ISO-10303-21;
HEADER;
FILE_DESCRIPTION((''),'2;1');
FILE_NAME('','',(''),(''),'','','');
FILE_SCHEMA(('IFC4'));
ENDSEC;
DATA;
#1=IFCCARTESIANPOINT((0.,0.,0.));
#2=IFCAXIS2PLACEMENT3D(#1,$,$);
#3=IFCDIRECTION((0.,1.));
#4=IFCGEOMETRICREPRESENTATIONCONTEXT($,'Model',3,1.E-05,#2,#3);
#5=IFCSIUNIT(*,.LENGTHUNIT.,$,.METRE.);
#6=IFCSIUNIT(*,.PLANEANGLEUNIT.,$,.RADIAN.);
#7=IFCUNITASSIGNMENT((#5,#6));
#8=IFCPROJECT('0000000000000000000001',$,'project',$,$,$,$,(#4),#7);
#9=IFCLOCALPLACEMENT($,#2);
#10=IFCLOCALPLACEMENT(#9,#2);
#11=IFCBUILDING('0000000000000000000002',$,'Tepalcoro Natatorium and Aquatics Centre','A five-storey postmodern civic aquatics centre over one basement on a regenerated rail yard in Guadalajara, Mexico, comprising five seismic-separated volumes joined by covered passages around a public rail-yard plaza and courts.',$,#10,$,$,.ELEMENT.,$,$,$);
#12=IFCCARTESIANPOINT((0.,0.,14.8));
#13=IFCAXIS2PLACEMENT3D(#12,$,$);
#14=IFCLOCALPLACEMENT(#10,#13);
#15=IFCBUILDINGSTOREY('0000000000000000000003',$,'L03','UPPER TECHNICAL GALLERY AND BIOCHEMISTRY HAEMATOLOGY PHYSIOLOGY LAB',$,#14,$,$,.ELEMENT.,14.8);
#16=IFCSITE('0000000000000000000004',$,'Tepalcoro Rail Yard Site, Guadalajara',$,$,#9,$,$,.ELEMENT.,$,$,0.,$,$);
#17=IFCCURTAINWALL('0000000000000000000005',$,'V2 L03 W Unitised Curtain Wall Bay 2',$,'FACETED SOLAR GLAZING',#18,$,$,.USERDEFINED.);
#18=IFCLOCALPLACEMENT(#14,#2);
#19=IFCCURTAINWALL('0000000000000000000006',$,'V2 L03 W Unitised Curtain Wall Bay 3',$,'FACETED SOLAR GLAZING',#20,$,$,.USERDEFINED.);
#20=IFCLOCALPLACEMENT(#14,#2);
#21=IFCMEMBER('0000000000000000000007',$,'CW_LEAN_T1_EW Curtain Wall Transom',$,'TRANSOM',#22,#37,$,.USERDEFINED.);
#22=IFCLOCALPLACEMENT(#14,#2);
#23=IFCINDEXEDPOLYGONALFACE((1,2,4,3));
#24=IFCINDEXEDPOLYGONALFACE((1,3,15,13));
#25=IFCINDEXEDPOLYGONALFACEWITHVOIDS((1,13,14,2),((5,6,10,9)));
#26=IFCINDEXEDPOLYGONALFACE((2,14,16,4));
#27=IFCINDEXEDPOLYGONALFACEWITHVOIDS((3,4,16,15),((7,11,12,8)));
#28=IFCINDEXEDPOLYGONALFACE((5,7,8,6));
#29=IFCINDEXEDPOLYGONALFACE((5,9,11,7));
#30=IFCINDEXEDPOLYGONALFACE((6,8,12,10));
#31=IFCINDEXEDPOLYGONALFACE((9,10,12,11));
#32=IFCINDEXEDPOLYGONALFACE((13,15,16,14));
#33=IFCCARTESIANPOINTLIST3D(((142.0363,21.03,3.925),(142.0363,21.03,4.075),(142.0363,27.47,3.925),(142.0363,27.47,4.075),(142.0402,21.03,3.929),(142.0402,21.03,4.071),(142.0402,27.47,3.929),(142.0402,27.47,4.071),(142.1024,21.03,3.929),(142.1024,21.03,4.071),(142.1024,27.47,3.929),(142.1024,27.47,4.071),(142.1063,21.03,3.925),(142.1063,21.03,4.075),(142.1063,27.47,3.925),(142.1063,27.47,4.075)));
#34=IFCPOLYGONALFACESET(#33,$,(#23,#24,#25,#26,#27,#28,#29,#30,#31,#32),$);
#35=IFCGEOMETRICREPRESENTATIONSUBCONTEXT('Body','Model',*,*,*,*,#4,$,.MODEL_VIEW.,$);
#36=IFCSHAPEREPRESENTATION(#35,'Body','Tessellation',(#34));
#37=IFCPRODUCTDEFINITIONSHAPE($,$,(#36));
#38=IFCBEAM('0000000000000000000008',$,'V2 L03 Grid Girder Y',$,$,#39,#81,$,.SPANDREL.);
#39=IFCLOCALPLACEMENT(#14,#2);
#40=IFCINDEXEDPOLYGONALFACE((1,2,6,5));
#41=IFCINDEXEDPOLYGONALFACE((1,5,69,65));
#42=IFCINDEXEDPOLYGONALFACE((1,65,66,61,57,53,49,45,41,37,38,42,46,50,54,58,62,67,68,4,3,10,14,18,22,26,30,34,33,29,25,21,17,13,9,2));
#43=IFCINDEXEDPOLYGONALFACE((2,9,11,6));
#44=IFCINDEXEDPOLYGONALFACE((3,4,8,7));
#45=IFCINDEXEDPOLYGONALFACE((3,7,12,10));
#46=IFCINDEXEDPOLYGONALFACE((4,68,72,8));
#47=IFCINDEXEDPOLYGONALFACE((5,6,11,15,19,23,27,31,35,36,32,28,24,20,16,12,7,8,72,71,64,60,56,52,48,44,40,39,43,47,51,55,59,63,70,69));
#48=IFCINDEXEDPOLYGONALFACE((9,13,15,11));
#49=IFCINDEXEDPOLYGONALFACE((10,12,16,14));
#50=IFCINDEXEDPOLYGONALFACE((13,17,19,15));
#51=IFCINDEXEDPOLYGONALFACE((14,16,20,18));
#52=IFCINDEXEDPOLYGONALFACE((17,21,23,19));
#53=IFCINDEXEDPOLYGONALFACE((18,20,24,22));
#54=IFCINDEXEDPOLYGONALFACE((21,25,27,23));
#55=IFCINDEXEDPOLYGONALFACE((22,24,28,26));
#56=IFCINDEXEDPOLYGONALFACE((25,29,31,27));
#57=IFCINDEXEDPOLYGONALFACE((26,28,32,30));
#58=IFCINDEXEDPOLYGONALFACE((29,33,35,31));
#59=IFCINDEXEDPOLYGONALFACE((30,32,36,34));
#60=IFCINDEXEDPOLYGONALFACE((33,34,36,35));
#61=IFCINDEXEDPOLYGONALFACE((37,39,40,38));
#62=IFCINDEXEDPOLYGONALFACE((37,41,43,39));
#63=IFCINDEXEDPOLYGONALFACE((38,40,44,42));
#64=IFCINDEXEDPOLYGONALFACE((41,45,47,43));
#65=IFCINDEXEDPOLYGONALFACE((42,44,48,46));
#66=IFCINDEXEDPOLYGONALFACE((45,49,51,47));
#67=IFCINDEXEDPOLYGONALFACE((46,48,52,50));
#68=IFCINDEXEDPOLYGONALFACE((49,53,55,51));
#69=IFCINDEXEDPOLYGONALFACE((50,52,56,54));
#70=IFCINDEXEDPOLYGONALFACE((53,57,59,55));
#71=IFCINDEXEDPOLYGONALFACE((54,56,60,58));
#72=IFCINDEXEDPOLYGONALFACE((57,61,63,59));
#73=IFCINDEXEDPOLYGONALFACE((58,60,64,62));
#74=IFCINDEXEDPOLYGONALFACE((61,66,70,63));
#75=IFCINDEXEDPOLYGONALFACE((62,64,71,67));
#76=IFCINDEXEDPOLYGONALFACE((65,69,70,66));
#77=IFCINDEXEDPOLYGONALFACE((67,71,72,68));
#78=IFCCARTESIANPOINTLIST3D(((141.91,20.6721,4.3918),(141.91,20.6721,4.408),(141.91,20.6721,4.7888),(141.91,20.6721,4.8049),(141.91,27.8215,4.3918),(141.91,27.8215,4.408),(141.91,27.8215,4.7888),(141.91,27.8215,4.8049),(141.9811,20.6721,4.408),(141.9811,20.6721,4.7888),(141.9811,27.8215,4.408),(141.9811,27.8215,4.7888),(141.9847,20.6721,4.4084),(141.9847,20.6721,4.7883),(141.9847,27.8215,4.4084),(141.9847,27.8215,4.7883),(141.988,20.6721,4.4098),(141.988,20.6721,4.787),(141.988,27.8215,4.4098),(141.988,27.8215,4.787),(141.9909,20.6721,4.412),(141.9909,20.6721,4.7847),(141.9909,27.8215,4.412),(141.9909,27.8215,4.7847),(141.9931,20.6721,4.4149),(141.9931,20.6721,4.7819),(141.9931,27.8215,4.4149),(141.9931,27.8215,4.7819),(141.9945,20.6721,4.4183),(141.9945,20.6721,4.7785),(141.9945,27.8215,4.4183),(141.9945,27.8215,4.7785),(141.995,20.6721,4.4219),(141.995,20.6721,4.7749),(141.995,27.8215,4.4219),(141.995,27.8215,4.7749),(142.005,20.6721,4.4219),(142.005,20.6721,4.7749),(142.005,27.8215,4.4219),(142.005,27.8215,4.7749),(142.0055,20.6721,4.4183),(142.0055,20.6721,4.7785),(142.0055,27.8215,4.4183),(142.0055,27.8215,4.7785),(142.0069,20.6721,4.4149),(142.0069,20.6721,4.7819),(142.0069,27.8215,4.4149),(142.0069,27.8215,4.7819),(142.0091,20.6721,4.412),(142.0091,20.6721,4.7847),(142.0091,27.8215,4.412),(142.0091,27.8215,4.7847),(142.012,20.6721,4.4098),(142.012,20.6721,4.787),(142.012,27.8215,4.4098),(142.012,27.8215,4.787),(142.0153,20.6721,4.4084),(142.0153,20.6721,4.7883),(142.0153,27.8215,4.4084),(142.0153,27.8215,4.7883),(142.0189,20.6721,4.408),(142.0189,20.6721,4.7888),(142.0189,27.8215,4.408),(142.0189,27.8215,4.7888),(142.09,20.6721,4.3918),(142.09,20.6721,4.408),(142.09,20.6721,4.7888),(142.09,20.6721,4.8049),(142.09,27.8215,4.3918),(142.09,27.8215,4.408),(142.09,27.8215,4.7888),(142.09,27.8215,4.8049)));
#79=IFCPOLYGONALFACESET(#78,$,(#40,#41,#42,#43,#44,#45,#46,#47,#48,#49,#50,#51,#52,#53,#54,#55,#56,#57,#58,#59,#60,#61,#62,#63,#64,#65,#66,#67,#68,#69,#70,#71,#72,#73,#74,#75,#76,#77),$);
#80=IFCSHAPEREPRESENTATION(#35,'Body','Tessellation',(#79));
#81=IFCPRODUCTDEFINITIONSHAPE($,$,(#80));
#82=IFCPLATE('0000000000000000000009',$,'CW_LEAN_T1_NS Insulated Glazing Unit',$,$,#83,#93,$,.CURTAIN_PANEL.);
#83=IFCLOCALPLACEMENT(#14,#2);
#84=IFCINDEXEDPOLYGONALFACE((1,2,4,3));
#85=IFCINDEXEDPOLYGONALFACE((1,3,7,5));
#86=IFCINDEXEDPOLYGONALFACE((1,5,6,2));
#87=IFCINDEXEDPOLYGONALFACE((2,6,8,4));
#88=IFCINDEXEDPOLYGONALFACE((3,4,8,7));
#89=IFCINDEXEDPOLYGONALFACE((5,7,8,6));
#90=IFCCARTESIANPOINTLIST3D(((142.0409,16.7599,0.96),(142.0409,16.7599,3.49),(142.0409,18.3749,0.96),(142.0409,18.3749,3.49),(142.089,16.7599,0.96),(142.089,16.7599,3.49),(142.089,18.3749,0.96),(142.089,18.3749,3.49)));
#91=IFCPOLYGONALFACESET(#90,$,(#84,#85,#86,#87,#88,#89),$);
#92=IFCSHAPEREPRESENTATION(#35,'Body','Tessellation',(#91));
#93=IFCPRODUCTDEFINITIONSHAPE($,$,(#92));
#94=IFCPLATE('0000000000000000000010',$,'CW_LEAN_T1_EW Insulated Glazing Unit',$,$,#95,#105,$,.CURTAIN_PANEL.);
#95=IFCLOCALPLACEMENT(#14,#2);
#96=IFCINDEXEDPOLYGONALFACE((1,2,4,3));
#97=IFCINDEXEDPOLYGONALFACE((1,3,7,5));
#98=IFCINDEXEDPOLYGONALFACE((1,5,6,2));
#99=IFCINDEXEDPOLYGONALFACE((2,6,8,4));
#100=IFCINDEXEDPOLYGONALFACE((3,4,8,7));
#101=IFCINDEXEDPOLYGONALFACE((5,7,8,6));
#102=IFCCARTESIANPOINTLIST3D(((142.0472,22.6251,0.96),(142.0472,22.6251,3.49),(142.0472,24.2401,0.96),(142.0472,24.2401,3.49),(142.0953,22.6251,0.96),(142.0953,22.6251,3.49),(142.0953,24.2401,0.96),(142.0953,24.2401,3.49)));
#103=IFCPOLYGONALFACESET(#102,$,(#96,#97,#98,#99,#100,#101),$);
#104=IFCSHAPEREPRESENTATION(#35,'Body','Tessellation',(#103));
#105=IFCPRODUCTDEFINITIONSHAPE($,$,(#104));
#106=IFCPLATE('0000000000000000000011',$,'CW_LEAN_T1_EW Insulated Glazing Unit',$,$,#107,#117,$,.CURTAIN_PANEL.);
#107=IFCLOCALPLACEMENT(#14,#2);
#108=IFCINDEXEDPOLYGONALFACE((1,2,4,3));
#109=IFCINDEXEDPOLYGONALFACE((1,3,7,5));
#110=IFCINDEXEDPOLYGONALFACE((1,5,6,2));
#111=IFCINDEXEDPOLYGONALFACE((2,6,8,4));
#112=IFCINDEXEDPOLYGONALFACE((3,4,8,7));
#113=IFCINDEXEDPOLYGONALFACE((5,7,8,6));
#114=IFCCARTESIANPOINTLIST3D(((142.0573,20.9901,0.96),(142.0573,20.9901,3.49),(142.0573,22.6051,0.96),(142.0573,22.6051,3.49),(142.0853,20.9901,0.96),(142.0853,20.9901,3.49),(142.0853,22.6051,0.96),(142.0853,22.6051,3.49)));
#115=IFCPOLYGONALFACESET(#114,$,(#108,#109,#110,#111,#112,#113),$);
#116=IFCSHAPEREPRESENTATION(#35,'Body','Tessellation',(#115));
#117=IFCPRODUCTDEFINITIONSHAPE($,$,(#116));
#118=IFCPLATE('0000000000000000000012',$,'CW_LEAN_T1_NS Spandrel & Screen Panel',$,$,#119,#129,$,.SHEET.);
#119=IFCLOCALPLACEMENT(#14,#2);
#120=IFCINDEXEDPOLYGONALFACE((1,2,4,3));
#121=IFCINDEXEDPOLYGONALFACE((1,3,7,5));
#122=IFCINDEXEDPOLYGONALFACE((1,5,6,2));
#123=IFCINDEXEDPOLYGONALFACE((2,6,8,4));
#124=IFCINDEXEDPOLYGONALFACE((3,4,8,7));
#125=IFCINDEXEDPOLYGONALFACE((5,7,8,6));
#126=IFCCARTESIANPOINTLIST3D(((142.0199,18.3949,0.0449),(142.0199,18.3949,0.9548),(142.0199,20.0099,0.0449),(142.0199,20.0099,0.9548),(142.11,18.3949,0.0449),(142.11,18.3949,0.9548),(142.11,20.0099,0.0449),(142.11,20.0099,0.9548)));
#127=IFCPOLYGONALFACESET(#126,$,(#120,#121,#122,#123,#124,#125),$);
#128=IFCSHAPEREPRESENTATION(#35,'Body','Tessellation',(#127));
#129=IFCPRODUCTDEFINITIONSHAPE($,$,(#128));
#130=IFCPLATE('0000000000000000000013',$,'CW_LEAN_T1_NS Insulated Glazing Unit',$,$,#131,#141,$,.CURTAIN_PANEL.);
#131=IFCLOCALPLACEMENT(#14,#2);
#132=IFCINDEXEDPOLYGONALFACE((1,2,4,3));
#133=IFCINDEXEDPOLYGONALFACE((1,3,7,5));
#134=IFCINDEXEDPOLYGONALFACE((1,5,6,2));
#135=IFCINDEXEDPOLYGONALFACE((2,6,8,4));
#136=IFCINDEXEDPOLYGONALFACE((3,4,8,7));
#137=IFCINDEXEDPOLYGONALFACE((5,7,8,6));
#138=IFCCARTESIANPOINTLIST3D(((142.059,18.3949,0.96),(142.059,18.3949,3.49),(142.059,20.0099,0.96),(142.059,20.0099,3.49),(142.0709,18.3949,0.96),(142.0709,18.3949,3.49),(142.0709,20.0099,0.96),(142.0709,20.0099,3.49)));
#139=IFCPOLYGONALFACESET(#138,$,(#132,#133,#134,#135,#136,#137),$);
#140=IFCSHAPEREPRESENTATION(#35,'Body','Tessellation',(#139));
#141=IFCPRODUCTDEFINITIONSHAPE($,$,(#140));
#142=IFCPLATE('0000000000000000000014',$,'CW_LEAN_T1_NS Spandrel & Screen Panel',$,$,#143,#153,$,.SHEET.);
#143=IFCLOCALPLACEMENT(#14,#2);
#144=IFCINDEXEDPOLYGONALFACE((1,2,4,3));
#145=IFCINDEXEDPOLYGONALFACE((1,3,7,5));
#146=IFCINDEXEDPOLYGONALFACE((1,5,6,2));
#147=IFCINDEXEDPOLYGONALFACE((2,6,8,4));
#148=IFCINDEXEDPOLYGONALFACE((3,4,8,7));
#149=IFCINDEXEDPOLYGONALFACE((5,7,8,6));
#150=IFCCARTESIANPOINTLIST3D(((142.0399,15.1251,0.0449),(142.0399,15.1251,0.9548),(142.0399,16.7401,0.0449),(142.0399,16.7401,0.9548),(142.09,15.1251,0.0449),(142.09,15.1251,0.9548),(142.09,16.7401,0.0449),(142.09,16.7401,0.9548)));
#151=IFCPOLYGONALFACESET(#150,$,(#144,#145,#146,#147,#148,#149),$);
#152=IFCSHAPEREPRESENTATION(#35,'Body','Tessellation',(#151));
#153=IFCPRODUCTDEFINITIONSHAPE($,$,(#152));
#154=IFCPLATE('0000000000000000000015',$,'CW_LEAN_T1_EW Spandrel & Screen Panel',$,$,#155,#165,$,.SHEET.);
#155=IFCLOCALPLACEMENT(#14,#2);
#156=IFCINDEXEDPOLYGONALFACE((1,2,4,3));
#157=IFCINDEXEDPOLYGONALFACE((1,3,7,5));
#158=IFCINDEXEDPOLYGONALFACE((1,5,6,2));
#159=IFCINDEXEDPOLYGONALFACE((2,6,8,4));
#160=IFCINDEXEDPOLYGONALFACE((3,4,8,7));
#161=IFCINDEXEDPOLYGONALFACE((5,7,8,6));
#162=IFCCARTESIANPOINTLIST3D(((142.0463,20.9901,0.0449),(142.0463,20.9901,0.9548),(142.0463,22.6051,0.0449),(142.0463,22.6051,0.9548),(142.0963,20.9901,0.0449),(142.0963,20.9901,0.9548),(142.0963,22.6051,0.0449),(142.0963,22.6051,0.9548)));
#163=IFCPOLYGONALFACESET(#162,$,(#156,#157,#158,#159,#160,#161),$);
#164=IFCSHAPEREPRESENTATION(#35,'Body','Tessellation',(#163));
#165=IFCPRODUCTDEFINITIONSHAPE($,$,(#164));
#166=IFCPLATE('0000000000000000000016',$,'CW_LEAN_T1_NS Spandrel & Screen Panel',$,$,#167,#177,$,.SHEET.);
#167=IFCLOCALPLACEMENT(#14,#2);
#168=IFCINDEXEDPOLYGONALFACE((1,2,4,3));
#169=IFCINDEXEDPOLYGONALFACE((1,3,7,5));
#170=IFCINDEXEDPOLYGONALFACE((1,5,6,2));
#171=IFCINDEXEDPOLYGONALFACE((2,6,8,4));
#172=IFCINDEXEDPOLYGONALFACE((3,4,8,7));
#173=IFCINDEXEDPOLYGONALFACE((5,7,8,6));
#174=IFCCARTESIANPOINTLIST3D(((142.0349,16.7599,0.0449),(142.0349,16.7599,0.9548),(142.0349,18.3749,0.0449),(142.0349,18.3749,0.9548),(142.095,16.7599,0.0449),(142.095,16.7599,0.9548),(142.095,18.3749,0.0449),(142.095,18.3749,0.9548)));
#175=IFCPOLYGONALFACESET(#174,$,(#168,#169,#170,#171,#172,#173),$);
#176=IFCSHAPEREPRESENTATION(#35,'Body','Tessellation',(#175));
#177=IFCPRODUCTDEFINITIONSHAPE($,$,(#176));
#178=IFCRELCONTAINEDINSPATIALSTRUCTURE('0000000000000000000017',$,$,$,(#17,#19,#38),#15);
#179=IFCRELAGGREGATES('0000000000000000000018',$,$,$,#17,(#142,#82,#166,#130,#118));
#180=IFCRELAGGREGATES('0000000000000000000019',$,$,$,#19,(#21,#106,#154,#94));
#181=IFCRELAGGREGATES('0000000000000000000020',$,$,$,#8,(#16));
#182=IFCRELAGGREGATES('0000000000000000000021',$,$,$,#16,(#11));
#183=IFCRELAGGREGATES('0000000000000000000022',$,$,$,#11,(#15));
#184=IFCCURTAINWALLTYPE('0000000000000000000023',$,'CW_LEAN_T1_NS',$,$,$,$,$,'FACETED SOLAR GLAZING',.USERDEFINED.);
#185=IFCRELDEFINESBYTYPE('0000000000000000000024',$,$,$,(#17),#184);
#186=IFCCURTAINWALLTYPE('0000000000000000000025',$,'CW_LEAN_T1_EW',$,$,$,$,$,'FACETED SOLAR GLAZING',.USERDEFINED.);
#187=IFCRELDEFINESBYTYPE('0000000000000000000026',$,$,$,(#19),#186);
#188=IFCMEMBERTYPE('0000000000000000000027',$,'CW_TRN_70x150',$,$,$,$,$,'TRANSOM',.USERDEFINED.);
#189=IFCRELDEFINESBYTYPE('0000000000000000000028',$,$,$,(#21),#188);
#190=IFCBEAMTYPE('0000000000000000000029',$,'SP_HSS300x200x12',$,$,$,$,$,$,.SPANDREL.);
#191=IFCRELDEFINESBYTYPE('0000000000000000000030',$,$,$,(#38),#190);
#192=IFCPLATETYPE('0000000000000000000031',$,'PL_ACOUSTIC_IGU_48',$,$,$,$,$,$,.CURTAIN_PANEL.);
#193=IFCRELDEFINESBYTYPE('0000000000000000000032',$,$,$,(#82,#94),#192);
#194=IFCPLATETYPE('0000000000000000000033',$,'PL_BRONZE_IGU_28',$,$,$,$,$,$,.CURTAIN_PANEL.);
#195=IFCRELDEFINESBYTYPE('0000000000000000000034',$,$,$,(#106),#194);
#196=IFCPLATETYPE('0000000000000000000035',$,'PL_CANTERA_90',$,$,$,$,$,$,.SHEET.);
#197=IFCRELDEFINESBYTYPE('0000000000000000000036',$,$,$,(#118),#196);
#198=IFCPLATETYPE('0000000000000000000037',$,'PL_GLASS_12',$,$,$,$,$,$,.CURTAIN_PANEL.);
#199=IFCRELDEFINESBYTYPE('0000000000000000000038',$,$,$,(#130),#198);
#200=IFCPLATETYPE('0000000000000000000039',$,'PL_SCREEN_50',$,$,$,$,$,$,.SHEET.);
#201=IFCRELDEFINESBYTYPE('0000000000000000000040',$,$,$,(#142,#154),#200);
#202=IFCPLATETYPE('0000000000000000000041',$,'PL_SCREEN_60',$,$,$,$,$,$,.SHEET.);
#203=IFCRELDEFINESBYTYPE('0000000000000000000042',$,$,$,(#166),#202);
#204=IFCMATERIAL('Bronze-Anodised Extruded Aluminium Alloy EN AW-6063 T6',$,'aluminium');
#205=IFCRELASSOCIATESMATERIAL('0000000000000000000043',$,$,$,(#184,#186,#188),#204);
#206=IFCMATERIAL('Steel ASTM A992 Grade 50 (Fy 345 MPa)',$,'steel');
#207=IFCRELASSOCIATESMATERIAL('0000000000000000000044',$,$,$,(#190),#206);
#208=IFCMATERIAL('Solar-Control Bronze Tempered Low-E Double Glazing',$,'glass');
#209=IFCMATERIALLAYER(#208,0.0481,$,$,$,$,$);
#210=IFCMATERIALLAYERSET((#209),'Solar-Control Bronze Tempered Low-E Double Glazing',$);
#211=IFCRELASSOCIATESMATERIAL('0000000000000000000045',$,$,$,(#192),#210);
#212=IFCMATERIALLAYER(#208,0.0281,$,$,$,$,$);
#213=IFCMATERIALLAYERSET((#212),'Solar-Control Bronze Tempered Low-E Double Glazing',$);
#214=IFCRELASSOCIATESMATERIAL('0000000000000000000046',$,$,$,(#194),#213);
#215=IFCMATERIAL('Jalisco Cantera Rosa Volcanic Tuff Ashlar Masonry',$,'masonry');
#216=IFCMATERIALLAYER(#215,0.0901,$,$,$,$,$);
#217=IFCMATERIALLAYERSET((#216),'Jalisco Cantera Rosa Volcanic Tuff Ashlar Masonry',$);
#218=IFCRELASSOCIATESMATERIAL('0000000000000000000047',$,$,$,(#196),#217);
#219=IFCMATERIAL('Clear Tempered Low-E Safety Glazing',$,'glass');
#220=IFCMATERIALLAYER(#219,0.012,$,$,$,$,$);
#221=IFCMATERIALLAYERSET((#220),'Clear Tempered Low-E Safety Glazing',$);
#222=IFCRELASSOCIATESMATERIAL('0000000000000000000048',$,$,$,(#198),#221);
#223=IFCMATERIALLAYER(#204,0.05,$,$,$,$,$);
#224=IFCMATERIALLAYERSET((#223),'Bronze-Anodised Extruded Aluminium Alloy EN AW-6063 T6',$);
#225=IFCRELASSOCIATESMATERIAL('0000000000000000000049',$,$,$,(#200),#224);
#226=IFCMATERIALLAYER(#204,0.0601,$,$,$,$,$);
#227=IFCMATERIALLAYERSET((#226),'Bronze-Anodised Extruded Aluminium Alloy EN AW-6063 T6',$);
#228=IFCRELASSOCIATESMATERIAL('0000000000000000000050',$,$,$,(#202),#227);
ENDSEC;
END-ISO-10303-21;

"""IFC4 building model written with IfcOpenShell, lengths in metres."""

from ifc_helpers import new_model, si_unit, direction, frame, origin, origin_2d, place, context, subcontext, project, spatial, rectangle, hollow_rectangle, i_section, extrude, material, layer, layer_set, material_profile, profile_set, type_object, element, aggregate, save


model = new_model("IFC4")

# Units and contexts
model_context = context("Model", 3, precision=1e-05, world=origin(), true_north=direction((0.0, 1.0)))
body_context = subcontext(model_context, "Body", "Model", "MODEL_VIEW")
ifc_project = project(units=[si_unit("LENGTHUNIT", "METRE"), si_unit("PLANEANGLEUNIT", "RADIAN")], contexts=[model_context])

# Site, building, storey
site_placement = place(None, origin())
site = spatial("IfcSite", under=ifc_project, at=site_placement, Name="Tepalcoro Rail Yard Site, Guadalajara", CompositionType="ELEMENT", RefElevation=0.0)
building_placement = place(site_placement, origin())
building = spatial("IfcBuilding", under=site, at=building_placement, Name="Tepalcoro Natatorium and Aquatics Centre", Description="A five-storey postmodern civic aquatics centre over one basement on a regenerated rail yard in Guadalajara, Mexico, comprising five seismic-separated volumes joined by covered passages around a public rail-yard plaza and courts.", CompositionType="ELEMENT")
storey_placement = place(building_placement, frame((0.0, 0.0, 14.8)))
storey = spatial("IfcBuildingStorey", under=building, at=storey_placement, Name="L03", Description="UPPER TECHNICAL GALLERY AND BIOCHEMISTRY HAEMATOLOGY PHYSIOLOGY LAB", CompositionType="ELEMENT", Elevation=14.8)

# Shared definitions
ifc_material_1 = material(Name="Steel ASTM A992 Grade 50 (Fy 345 MPa)", Category="steel")

# Curtain walls, member
ifc_material_2 = material(Name="Bronze-Anodised Extruded Aluminium Alloy EN AW-6063 T6", Category="aluminium")
curtain_wall_type_1 = type_object("IfcCurtainWallType", Name="CW_LEAN_T1_NS", ElementType="FACETED SOLAR GLAZING", PredefinedType="USERDEFINED", material=ifc_material_2)
curtain_wall_1_placement = place(storey_placement, origin())
curtain_wall_1 = element("IfcCurtainWall", 1, at=curtain_wall_1_placement, inside=storey, type_object=curtain_wall_type_1, Name="V2 L03 W Unitised Curtain Wall Bay 2", ObjectType="FACETED SOLAR GLAZING", PredefinedType="USERDEFINED")
curtain_wall_type_2 = type_object("IfcCurtainWallType", Name="CW_LEAN_T1_EW", ElementType="FACETED SOLAR GLAZING", PredefinedType="USERDEFINED", material=ifc_material_2)
curtain_wall_2_placement = place(storey_placement, origin())
curtain_wall_2 = element("IfcCurtainWall", 2, at=curtain_wall_2_placement, inside=storey, type_object=curtain_wall_type_2, Name="V2 L03 W Unitised Curtain Wall Bay 3", ObjectType="FACETED SOLAR GLAZING", PredefinedType="USERDEFINED")
ifc_material_profile_1 = material_profile(ifc_material_2, hollow_rectangle(XDim=0.0701, YDim=0.1499, WallThickness=0.0039, at=origin_2d()), Name="AL70X150X4")
ifc_profile_set_1 = profile_set([ifc_material_profile_1], Name="Bronze-Anodised Extruded Aluminium Alloy EN AW-6063 T6")
member_type_1 = type_object("IfcMemberType", Name="CW_TRN_70x150", ElementType="TRANSOM", PredefinedType="USERDEFINED", material=ifc_profile_set_1)
member_1_placement = place(storey_placement, frame((142.0713, 21.03, 4.0), z_axis=(0.0, 1.0, 0.0), x_axis=(-1.0, 0.0, 0.0)))
member_1 = element("IfcMember", 3, at=member_1_placement, type_object=member_type_1, Name="CW_LEAN_T1_EW Curtain Wall Transom", ObjectType="TRANSOM", PredefinedType="USERDEFINED", context=body_context, shape_type="SweptSolid", body=[
    extrude(hollow_rectangle(XDim=0.0701, YDim=0.1499, WallThickness=0.0039, at=origin_2d()), origin(), (0.0, 0.0, 1.0), 6.4399),
])

# Beam
ifc_material_profile_2 = material_profile(ifc_material_1, i_section(OverallWidth=0.1799, OverallDepth=0.4131, WebThickness=0.01, FlangeThickness=0.0161, FilletRadius=0.0139, at=origin_2d()), Name="W16X50")
ifc_profile_set_2 = profile_set([ifc_material_profile_2], Name="Steel ASTM A992 Grade 50 (Fy 345 MPa)")
beam_type = type_object("IfcBeamType", Name="SP_HSS300x200x12", PredefinedType="SPANDREL", material=ifc_profile_set_2)
beam_placement = place(storey_placement, frame((142.0, 20.6721, 4.5984), z_axis=(0.0, 1.0, 0.0), x_axis=(-1.0, 0.0, 0.0)))
element("IfcBeam", 4, at=beam_placement, inside=storey, type_object=beam_type, Name="V2 L03 Grid Girder Y", PredefinedType="SPANDREL", context=body_context, shape_type="SweptSolid", body=[
    extrude(i_section(OverallWidth=0.1799, OverallDepth=0.4131, WebThickness=0.01, FlangeThickness=0.0161, FilletRadius=0.0139, at=origin_2d()), origin(), (0.0, 0.0, 1.0), 7.1494),
])

# Plates
ifc_material_3 = material(Name="Solar-Control Bronze Tempered Low-E Double Glazing", Category="glass")
ifc_layer_1 = layer(ifc_material_3, 0.0481)
ifc_layer_set_1 = layer_set([ifc_layer_1], Name="Solar-Control Bronze Tempered Low-E Double Glazing")
plate_type_1 = type_object("IfcPlateType", Name="PL_ACOUSTIC_IGU_48", PredefinedType="CURTAIN_PANEL", material=ifc_layer_set_1)
plate_1_placement = place(storey_placement, frame((142.0649, 17.5674, 0.96), z_axis=(0.0, 0.0, 1.0), x_axis=(1.0, 0.0, 0.0)))
plate_1 = element("IfcPlate", 5, at=plate_1_placement, type_object=plate_type_1, Name="CW_LEAN_T1_NS Insulated Glazing Unit", PredefinedType="CURTAIN_PANEL", context=body_context, shape_type="SweptSolid", body=[
    extrude(rectangle(XDim=0.0481, YDim=1.615, at=origin_2d()), origin(), (0.0, 0.0, 1.0), 2.53),
])
plate_2_placement = place(storey_placement, frame((142.0713, 23.4326, 0.96), z_axis=(0.0, 0.0, 1.0), x_axis=(1.0, 0.0, 0.0)))
plate_2 = element("IfcPlate", 6, at=plate_2_placement, type_object=plate_type_1, Name="CW_LEAN_T1_EW Insulated Glazing Unit", PredefinedType="CURTAIN_PANEL", context=body_context, shape_type="SweptSolid", body=[
    extrude(rectangle(XDim=0.0481, YDim=1.615, at=origin_2d()), origin(), (0.0, 0.0, 1.0), 2.53),
])
ifc_layer_2 = layer(ifc_material_3, 0.0281)
ifc_layer_set_2 = layer_set([ifc_layer_2], Name="Solar-Control Bronze Tempered Low-E Double Glazing")
plate_type_2 = type_object("IfcPlateType", Name="PL_BRONZE_IGU_28", PredefinedType="CURTAIN_PANEL", material=ifc_layer_set_2)
plate_3_placement = place(storey_placement, frame((142.0713, 21.7976, 0.96), z_axis=(0.0, 0.0, 1.0), x_axis=(1.0, 0.0, 0.0)))
plate_3 = element("IfcPlate", 7, at=plate_3_placement, type_object=plate_type_2, Name="CW_LEAN_T1_EW Insulated Glazing Unit", PredefinedType="CURTAIN_PANEL", context=body_context, shape_type="SweptSolid", body=[
    extrude(rectangle(XDim=0.0281, YDim=1.615, at=origin_2d()), origin(), (0.0, 0.0, 1.0), 2.53),
])
ifc_material_4 = material(Name="Jalisco Cantera Rosa Volcanic Tuff Ashlar Masonry", Category="masonry")
ifc_layer_3 = layer(ifc_material_4, 0.0901)
ifc_layer_set_3 = layer_set([ifc_layer_3], Name="Jalisco Cantera Rosa Volcanic Tuff Ashlar Masonry")
plate_type_3 = type_object("IfcPlateType", Name="PL_CANTERA_90", PredefinedType="SHEET", material=ifc_layer_set_3)
plate_4_placement = place(storey_placement, frame((142.0649, 19.2024, 0.0449), z_axis=(0.0, 0.0, 1.0), x_axis=(1.0, 0.0, 0.0)))
plate_4 = element("IfcPlate", 8, at=plate_4_placement, type_object=plate_type_3, Name="CW_LEAN_T1_NS Spandrel & Screen Panel", PredefinedType="SHEET", context=body_context, shape_type="SweptSolid", body=[
    extrude(rectangle(XDim=0.0901, YDim=1.615, at=origin_2d()), origin(), (0.0, 0.0, 1.0), 0.9099),
])
ifc_material_5 = material(Name="Clear Tempered Low-E Safety Glazing", Category="glass")
ifc_layer_4 = layer(ifc_material_5, 0.012)
ifc_layer_set_4 = layer_set([ifc_layer_4], Name="Clear Tempered Low-E Safety Glazing")
plate_type_4 = type_object("IfcPlateType", Name="PL_GLASS_12", PredefinedType="CURTAIN_PANEL", material=ifc_layer_set_4)
plate_5_placement = place(storey_placement, frame((142.0649, 19.2024, 0.96), z_axis=(0.0, 0.0, 1.0), x_axis=(1.0, 0.0, 0.0)))
plate_5 = element("IfcPlate", 9, at=plate_5_placement, type_object=plate_type_4, Name="CW_LEAN_T1_NS Insulated Glazing Unit", PredefinedType="CURTAIN_PANEL", context=body_context, shape_type="SweptSolid", body=[
    extrude(rectangle(XDim=0.012, YDim=1.615, at=origin_2d()), origin(), (0.0, 0.0, 1.0), 2.53),
])
ifc_layer_5 = layer(ifc_material_2, 0.05)
ifc_layer_set_5 = layer_set([ifc_layer_5], Name="Bronze-Anodised Extruded Aluminium Alloy EN AW-6063 T6")
plate_type_5 = type_object("IfcPlateType", Name="PL_SCREEN_50", PredefinedType="SHEET", material=ifc_layer_set_5)
plate_6_placement = place(storey_placement, frame((142.0649, 15.9326, 0.0449), z_axis=(0.0, 0.0, 1.0), x_axis=(1.0, 0.0, 0.0)))
plate_6 = element("IfcPlate", 10, at=plate_6_placement, type_object=plate_type_5, Name="CW_LEAN_T1_NS Spandrel & Screen Panel", PredefinedType="SHEET", context=body_context, shape_type="SweptSolid", body=[
    extrude(rectangle(XDim=0.05, YDim=1.615, at=origin_2d()), origin(), (0.0, 0.0, 1.0), 0.9099),
])
plate_7_placement = place(storey_placement, frame((142.0713, 21.7976, 0.0449), z_axis=(0.0, 0.0, 1.0), x_axis=(1.0, 0.0, 0.0)))
plate_7 = element("IfcPlate", 11, at=plate_7_placement, type_object=plate_type_5, Name="CW_LEAN_T1_EW Spandrel & Screen Panel", PredefinedType="SHEET", context=body_context, shape_type="SweptSolid", body=[
    extrude(rectangle(XDim=0.05, YDim=1.615, at=origin_2d()), origin(), (0.0, 0.0, 1.0), 0.9099),
])
ifc_layer_6 = layer(ifc_material_2, 0.0601)
ifc_layer_set_6 = layer_set([ifc_layer_6], Name="Bronze-Anodised Extruded Aluminium Alloy EN AW-6063 T6")
plate_type_6 = type_object("IfcPlateType", Name="PL_SCREEN_60", PredefinedType="SHEET", material=ifc_layer_set_6)
plate_8_placement = place(storey_placement, frame((142.0649, 17.5674, 0.0449), z_axis=(0.0, 0.0, 1.0), x_axis=(1.0, 0.0, 0.0)))
plate_8 = element("IfcPlate", 12, at=plate_8_placement, type_object=plate_type_6, Name="CW_LEAN_T1_NS Spandrel & Screen Panel", PredefinedType="SHEET", context=body_context, shape_type="SweptSolid", body=[
    extrude(rectangle(XDim=0.0601, YDim=1.615, at=origin_2d()), origin(), (0.0, 0.0, 1.0), 0.9099),
])
aggregate(curtain_wall_1, [plate_6, plate_1, plate_8, plate_5, plate_4])
aggregate(curtain_wall_2, [member_1, plate_3, plate_7, plate_2])

save(model, "model.ifc")
